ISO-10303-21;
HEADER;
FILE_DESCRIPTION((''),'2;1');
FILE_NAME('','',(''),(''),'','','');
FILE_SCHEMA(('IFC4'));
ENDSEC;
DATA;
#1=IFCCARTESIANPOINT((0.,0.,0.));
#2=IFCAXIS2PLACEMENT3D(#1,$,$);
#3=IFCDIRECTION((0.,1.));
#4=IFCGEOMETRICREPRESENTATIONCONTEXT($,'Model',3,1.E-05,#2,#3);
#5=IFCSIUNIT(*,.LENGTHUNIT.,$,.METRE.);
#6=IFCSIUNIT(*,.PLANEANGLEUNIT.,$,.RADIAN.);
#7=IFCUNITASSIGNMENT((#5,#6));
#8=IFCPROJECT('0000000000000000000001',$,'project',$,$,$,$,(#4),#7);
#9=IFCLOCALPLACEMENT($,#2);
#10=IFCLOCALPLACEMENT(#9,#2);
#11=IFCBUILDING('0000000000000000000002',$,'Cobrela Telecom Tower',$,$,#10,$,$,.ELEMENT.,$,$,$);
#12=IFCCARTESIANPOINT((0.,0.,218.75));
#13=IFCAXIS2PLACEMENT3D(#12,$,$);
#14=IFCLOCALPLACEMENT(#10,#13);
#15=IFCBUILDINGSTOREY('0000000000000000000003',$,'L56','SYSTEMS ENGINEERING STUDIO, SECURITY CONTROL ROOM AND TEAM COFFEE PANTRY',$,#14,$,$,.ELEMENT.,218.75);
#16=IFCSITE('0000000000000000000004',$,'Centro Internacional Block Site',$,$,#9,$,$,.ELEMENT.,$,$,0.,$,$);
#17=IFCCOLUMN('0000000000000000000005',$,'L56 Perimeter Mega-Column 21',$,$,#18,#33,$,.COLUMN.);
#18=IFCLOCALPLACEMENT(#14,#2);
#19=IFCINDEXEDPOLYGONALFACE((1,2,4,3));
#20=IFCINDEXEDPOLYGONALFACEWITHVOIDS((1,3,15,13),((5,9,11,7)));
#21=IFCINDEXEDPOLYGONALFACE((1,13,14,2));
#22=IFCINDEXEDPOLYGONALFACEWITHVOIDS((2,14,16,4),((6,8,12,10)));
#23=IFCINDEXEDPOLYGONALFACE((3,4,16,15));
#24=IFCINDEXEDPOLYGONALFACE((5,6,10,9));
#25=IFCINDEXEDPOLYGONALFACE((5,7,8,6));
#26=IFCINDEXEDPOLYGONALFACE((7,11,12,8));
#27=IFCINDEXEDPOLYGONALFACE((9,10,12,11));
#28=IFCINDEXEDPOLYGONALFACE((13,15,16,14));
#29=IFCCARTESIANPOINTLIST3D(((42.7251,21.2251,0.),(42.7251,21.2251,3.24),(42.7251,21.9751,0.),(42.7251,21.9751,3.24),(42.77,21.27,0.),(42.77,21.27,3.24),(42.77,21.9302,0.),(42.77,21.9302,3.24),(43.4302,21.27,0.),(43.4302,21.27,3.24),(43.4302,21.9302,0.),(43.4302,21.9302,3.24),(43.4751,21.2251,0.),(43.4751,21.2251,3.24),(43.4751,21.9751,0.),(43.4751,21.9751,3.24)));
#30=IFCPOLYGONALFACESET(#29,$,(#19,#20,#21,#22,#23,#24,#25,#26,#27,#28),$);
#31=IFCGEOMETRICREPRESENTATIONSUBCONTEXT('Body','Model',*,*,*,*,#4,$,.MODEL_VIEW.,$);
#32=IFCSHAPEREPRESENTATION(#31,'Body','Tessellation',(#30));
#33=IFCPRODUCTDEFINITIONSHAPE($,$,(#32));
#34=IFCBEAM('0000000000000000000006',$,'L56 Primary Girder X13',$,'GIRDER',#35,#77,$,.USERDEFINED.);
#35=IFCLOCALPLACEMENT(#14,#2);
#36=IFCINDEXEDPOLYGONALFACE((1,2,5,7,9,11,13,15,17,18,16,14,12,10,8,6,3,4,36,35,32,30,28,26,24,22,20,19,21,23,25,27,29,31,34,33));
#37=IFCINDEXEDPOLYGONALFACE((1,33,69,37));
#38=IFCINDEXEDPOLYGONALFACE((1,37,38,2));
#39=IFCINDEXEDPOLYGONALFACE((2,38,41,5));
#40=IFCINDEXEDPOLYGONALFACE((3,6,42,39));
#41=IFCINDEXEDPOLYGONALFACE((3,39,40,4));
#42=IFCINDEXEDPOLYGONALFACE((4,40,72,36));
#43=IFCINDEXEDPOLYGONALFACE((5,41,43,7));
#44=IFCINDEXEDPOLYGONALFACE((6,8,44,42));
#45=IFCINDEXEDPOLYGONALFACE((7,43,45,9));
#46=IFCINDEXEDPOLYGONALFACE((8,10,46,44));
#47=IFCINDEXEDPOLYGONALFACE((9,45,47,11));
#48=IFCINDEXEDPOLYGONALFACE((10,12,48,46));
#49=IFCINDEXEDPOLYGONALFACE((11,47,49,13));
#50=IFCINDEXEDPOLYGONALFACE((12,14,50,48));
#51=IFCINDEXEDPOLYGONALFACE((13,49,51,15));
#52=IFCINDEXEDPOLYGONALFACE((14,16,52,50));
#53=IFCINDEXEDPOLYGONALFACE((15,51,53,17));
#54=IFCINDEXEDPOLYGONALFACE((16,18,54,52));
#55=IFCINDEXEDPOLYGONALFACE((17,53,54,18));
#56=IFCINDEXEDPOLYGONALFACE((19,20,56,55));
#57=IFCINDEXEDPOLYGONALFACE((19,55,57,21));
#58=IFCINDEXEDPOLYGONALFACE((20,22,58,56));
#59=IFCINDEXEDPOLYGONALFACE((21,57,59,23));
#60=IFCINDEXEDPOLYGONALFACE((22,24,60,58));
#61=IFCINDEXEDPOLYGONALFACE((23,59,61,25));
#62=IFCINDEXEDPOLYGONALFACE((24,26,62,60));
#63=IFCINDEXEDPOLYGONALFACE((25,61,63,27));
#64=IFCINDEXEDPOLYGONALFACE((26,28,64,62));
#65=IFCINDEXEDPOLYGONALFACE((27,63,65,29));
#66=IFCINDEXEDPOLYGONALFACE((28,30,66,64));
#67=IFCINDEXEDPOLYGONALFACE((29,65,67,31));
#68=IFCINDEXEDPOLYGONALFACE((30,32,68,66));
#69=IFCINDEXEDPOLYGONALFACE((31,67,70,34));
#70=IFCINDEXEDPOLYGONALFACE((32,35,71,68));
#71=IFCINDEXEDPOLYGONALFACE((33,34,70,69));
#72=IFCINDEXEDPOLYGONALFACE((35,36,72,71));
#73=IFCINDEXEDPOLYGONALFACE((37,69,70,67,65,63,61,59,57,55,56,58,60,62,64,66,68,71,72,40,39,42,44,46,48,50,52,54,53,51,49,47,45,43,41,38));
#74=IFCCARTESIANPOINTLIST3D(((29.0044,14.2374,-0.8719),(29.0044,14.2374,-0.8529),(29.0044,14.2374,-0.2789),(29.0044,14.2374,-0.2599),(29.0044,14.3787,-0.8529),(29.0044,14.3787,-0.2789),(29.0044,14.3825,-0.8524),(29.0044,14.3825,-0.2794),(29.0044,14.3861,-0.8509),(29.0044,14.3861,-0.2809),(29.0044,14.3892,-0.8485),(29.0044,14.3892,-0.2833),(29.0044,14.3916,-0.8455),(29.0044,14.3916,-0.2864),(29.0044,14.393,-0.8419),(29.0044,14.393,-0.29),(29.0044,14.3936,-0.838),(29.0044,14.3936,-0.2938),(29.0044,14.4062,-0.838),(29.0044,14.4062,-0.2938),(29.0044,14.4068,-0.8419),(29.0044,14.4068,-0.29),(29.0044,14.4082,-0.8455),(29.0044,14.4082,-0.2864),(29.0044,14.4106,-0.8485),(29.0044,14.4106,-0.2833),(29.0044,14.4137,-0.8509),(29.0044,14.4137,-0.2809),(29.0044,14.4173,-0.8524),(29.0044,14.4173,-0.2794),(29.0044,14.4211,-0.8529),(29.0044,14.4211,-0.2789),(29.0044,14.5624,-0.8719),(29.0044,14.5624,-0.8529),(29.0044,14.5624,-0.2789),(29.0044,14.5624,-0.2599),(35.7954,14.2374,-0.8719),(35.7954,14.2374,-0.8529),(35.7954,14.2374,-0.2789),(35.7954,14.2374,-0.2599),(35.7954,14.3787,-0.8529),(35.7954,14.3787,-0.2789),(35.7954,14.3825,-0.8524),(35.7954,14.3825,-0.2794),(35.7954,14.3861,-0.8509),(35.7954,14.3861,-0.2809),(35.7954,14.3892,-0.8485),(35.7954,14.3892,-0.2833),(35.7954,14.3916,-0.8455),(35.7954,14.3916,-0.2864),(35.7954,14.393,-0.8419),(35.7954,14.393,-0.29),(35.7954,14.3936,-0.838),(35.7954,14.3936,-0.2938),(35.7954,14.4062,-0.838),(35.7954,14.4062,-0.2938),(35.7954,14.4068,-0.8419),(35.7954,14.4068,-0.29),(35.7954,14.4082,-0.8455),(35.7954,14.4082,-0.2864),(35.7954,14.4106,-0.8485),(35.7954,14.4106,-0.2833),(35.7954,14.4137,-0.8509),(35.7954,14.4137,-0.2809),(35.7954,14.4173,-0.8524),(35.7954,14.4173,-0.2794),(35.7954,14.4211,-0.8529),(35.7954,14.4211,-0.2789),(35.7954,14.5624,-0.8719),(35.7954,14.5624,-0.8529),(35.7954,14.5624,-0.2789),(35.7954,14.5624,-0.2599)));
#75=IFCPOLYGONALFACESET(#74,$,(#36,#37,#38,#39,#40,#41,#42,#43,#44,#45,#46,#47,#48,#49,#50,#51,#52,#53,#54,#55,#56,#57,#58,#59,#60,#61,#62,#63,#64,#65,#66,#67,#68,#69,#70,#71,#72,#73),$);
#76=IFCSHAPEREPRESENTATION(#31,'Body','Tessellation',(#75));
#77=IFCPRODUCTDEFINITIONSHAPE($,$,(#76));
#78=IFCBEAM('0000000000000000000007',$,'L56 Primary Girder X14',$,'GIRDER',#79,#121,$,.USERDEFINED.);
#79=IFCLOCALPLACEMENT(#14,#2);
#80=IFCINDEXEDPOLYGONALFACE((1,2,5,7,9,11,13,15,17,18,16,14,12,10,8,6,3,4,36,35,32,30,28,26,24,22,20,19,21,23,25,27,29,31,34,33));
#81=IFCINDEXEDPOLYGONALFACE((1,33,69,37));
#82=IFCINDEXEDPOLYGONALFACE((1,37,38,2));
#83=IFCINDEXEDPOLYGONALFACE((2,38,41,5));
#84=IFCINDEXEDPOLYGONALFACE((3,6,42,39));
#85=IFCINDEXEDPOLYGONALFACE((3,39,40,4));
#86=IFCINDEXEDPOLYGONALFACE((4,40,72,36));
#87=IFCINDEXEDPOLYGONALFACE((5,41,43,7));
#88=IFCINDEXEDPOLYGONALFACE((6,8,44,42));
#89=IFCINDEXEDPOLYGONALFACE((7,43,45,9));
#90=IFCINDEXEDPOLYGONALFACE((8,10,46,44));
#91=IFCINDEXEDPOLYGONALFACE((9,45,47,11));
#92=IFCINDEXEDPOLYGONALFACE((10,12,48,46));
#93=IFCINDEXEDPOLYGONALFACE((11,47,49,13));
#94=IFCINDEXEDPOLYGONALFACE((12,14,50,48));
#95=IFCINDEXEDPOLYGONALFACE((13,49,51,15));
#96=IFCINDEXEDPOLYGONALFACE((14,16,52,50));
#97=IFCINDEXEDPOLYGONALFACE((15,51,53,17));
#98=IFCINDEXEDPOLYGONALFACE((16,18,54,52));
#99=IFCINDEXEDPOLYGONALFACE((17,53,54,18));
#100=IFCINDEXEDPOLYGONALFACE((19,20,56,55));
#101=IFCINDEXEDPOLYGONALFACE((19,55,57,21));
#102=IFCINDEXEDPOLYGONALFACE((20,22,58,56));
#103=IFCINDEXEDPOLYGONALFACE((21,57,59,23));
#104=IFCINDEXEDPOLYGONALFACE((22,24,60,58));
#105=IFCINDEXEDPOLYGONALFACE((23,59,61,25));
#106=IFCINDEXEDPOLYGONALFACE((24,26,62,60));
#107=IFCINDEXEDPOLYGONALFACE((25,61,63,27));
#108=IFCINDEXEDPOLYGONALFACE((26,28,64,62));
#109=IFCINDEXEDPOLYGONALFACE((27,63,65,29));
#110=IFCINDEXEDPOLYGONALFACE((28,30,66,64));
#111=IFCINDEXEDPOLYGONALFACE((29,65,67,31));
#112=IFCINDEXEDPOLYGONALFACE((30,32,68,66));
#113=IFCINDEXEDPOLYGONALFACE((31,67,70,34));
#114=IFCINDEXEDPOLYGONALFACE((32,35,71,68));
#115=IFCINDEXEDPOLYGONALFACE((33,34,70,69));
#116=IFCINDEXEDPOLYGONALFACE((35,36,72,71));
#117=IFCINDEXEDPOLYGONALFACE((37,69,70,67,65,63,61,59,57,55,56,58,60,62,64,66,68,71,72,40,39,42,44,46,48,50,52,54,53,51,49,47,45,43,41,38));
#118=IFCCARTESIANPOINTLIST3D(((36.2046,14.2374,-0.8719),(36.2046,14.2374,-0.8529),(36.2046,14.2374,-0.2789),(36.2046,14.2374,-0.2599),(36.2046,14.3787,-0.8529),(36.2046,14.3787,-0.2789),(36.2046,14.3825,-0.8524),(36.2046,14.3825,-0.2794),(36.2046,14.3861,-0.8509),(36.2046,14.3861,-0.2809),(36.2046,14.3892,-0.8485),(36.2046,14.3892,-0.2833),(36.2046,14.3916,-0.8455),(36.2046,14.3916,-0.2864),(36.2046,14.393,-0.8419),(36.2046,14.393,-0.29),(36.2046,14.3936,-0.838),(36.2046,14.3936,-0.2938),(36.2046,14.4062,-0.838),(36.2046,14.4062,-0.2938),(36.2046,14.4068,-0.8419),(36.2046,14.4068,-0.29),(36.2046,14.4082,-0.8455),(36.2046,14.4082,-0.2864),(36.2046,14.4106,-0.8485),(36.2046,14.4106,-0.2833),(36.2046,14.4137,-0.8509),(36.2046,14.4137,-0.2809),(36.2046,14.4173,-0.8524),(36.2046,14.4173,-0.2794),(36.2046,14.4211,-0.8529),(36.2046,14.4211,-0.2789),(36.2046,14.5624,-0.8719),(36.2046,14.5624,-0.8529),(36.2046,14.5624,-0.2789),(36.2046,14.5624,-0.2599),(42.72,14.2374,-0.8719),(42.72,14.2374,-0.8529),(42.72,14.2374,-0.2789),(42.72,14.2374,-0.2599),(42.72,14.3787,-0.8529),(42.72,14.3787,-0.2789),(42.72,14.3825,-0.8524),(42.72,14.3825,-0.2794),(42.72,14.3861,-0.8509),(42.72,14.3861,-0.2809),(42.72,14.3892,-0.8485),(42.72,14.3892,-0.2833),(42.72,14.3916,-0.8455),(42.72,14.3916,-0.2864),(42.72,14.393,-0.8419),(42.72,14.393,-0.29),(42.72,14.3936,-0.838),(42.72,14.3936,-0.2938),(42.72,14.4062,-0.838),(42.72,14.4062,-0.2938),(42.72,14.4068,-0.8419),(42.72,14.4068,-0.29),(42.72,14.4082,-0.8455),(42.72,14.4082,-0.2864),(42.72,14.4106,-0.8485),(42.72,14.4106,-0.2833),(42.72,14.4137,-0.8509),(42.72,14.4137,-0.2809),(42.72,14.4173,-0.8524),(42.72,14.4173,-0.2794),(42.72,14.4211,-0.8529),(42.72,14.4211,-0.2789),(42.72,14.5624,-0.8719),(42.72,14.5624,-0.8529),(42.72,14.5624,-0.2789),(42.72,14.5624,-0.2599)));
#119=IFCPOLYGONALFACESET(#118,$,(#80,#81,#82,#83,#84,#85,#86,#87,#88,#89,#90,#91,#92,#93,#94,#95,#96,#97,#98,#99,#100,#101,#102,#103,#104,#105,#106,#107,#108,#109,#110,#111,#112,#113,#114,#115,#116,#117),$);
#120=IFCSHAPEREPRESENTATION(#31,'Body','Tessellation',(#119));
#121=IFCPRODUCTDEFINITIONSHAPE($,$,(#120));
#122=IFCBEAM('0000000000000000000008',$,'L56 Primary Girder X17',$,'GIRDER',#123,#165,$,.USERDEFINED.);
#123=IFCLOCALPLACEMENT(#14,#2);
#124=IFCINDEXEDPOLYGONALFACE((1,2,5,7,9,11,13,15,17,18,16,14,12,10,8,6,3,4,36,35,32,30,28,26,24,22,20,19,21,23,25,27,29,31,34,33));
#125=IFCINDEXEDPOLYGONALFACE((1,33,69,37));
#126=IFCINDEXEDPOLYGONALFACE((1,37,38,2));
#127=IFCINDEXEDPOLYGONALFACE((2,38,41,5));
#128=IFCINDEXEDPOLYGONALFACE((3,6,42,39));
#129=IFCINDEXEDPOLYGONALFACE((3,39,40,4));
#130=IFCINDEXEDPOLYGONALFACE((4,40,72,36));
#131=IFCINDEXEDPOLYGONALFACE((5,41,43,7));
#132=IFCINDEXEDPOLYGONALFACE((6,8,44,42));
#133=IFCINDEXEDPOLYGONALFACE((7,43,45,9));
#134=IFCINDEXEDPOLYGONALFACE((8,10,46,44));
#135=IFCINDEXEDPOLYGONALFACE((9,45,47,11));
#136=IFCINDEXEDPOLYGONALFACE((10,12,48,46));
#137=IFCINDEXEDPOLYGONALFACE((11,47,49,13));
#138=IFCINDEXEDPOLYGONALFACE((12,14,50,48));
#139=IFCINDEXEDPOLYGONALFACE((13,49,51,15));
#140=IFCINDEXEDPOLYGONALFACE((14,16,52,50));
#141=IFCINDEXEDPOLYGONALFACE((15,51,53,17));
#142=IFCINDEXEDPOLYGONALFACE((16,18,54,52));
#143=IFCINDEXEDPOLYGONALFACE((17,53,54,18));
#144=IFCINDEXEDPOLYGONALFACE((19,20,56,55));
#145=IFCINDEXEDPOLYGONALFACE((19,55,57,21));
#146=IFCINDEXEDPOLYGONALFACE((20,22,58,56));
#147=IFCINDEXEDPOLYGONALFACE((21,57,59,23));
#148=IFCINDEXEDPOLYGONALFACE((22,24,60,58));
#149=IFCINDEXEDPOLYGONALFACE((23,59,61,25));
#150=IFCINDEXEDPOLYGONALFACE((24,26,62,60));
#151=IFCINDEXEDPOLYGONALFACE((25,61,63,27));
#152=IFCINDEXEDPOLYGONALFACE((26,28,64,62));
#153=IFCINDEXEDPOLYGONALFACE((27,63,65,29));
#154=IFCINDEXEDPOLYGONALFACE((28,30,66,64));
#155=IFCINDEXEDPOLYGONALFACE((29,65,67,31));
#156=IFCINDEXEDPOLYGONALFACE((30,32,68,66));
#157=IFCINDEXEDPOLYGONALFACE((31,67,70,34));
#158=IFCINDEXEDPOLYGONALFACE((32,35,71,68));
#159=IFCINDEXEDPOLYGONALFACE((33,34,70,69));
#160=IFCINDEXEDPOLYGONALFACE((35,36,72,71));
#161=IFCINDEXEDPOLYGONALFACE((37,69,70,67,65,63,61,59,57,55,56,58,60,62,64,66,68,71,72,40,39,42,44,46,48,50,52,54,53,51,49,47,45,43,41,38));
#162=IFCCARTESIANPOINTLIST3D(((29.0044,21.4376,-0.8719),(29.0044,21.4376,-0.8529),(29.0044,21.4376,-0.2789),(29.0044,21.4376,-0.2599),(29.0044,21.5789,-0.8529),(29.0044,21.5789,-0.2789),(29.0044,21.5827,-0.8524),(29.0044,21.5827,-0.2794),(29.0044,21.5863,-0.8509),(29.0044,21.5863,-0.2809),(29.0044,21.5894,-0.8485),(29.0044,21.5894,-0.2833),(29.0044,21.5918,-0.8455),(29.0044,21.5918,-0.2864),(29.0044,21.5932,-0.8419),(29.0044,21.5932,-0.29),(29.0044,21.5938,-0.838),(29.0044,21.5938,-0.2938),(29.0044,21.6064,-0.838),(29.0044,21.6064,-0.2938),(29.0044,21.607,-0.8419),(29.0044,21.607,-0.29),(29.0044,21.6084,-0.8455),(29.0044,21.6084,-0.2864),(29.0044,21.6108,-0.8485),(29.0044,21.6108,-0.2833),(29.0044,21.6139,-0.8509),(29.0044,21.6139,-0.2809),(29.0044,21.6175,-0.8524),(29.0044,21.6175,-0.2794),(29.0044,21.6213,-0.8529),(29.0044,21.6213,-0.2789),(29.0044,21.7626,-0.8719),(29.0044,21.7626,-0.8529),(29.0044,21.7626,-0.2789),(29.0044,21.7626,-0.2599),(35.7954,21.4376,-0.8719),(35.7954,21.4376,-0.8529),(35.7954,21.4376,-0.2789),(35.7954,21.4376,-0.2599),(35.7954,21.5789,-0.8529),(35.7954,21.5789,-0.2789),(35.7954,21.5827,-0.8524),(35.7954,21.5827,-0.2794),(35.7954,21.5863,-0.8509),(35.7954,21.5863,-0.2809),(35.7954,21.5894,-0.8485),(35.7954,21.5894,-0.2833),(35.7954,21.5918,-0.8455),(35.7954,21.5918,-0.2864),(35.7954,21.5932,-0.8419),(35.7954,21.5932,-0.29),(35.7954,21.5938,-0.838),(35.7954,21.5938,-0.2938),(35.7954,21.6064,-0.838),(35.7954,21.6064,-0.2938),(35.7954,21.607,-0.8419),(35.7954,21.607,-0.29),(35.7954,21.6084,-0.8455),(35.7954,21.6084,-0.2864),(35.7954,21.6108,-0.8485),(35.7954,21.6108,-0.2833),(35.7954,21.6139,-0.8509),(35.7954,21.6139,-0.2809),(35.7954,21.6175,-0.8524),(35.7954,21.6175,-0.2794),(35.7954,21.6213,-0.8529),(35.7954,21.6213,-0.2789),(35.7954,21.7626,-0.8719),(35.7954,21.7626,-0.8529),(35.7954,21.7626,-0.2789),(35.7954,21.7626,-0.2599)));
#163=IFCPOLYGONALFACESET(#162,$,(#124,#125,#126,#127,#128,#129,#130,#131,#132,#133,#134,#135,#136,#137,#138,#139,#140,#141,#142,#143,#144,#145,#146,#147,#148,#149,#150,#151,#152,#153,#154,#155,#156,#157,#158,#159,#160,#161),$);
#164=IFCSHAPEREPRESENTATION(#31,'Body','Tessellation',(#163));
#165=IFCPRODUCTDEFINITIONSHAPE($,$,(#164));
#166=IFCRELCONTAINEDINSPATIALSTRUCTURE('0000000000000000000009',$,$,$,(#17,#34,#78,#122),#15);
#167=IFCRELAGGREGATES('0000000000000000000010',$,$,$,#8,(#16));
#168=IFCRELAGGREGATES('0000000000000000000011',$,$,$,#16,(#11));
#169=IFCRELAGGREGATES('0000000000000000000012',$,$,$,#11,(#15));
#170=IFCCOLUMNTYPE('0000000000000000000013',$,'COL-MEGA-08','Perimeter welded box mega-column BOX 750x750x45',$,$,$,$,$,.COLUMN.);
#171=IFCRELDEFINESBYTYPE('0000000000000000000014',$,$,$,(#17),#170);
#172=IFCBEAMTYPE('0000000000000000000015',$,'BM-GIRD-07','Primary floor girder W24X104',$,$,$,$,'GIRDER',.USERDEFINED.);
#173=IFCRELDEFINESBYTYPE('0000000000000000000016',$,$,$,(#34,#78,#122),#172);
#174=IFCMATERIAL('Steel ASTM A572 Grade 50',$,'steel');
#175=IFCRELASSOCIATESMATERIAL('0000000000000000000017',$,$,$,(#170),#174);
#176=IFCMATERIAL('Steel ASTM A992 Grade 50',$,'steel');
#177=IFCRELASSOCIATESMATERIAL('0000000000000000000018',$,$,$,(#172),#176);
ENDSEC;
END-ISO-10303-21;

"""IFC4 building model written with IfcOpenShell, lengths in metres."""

from ifc_helpers import new_model, si_unit, direction, frame, origin, origin_2d, place, context, subcontext, project, spatial, hollow_rectangle, i_section, extrude, material, material_profile, profile_set, type_object, element, save


model = new_model("IFC4")

# Units and contexts
model_context = context("Model", 3, precision=1e-05, world=origin(), true_north=direction((0.0, 1.0)))
body_context = subcontext(model_context, "Body", "Model", "MODEL_VIEW")
ifc_project = project(units=[si_unit("LENGTHUNIT", "METRE"), si_unit("PLANEANGLEUNIT", "RADIAN")], contexts=[model_context])

# Site, building, storey
site_placement = place(None, origin())
site = spatial("IfcSite", under=ifc_project, at=site_placement, Name="Centro Internacional Block Site", CompositionType="ELEMENT", RefElevation=0.0)
building_placement = place(site_placement, origin())
building = spatial("IfcBuilding", under=site, at=building_placement, Name="Cobrela Telecom Tower", CompositionType="ELEMENT")
storey_placement = place(building_placement, frame((0.0, 0.0, 218.75)))
storey = spatial("IfcBuildingStorey", under=building, at=storey_placement, Name="L56", Description="SYSTEMS ENGINEERING STUDIO, SECURITY CONTROL ROOM AND TEAM COFFEE PANTRY", CompositionType="ELEMENT", Elevation=218.75)

# Column
ifc_material_1 = material(Name="Steel ASTM A992 Grade 50", Category="steel")
ifc_material_2 = material(Name="Steel ASTM A572 Grade 50", Category="steel")
ifc_material_profile_1 = material_profile(ifc_material_2, hollow_rectangle(XDim=0.75, YDim=0.75, WallThickness=0.0449, at=origin_2d()), Name="BOX 750x750x45")
ifc_profile_set_1 = profile_set([ifc_material_profile_1], Name="Steel ASTM A572 Grade 50")
column_type_1 = type_object("IfcColumnType", Name="COL-MEGA-08", Description="Perimeter welded box mega-column BOX 750x750x45", PredefinedType="COLUMN", material=ifc_profile_set_1)
for number, where, z_axis, x_axis, name in (
    (1, (43.1001, 21.6001, 0.0), (0.0, 0.0, 1.0), (1.0, 0.0, 0.0), "L56 Perimeter Mega-Column 21"),
):
    element("IfcColumn", number, at=place(storey_placement, frame(where, z_axis=z_axis, x_axis=x_axis)), inside=storey, type_object=column_type_1, Name=name, PredefinedType="COLUMN", context=body_context, shape_type="SweptSolid", body=[
        extrude(hollow_rectangle(XDim=0.75, YDim=0.75, WallThickness=0.0449, at=origin_2d()), origin(), (0.0, 0.0, 1.0), 3.24),
    ])

# Beams
ifc_material_profile_2 = material_profile(ifc_material_1, i_section(OverallWidth=0.325, OverallDepth=0.6121, WebThickness=0.0127, FlangeThickness=0.019, FilletRadius=0.0149, at=origin_2d()), Name="W24X104")
ifc_profile_set_2 = profile_set([ifc_material_profile_2], Name="Steel ASTM A992 Grade 50")
beam_type_1 = type_object("IfcBeamType", Name="BM-GIRD-07", Description="Primary floor girder W24X104", ElementType="GIRDER", PredefinedType="USERDEFINED", material=ifc_profile_set_2)
beam_1_placement = place(storey_placement, frame((29.0044, 14.3999, -0.5659), z_axis=(1.0, 0.0, 0.0), x_axis=(0.0, 1.0, 0.0)))
element("IfcBeam", 2, at=beam_1_placement, inside=storey, type_object=beam_type_1, Name="L56 Primary Girder X13", ObjectType="GIRDER", PredefinedType="USERDEFINED", context=body_context, shape_type="SweptSolid", body=[
    extrude(i_section(OverallWidth=0.325, OverallDepth=0.6121, WebThickness=0.0127, FlangeThickness=0.019, FilletRadius=0.0149, at=origin_2d()), origin(), (0.0, 0.0, 1.0), 6.791),
])
beam_2_placement = place(storey_placement, frame((36.2046, 14.3999, -0.5659), z_axis=(1.0, 0.0, 0.0), x_axis=(0.0, 1.0, 0.0)))
element("IfcBeam", 3, at=beam_2_placement, inside=storey, type_object=beam_type_1, Name="L56 Primary Girder X14", ObjectType="GIRDER", PredefinedType="USERDEFINED", context=body_context, shape_type="SweptSolid", body=[
    extrude(i_section(OverallWidth=0.325, OverallDepth=0.6121, WebThickness=0.0127, FlangeThickness=0.019, FilletRadius=0.0149, at=origin_2d()), origin(), (0.0, 0.0, 1.0), 6.5154),
])
beam_3_placement = place(storey_placement, frame((29.0044, 21.6001, -0.5659), z_axis=(1.0, 0.0, 0.0), x_axis=(0.0, 1.0, 0.0)))
element("IfcBeam", 4, at=beam_3_placement, inside=storey, type_object=beam_type_1, Name="L56 Primary Girder X17", ObjectType="GIRDER", PredefinedType="USERDEFINED", context=body_context, shape_type="SweptSolid", body=[
    extrude(i_section(OverallWidth=0.325, OverallDepth=0.6121, WebThickness=0.0127, FlangeThickness=0.019, FilletRadius=0.0149, at=origin_2d()), origin(), (0.0, 0.0, 1.0), 6.791),
])

save(model, "model.ifc")
